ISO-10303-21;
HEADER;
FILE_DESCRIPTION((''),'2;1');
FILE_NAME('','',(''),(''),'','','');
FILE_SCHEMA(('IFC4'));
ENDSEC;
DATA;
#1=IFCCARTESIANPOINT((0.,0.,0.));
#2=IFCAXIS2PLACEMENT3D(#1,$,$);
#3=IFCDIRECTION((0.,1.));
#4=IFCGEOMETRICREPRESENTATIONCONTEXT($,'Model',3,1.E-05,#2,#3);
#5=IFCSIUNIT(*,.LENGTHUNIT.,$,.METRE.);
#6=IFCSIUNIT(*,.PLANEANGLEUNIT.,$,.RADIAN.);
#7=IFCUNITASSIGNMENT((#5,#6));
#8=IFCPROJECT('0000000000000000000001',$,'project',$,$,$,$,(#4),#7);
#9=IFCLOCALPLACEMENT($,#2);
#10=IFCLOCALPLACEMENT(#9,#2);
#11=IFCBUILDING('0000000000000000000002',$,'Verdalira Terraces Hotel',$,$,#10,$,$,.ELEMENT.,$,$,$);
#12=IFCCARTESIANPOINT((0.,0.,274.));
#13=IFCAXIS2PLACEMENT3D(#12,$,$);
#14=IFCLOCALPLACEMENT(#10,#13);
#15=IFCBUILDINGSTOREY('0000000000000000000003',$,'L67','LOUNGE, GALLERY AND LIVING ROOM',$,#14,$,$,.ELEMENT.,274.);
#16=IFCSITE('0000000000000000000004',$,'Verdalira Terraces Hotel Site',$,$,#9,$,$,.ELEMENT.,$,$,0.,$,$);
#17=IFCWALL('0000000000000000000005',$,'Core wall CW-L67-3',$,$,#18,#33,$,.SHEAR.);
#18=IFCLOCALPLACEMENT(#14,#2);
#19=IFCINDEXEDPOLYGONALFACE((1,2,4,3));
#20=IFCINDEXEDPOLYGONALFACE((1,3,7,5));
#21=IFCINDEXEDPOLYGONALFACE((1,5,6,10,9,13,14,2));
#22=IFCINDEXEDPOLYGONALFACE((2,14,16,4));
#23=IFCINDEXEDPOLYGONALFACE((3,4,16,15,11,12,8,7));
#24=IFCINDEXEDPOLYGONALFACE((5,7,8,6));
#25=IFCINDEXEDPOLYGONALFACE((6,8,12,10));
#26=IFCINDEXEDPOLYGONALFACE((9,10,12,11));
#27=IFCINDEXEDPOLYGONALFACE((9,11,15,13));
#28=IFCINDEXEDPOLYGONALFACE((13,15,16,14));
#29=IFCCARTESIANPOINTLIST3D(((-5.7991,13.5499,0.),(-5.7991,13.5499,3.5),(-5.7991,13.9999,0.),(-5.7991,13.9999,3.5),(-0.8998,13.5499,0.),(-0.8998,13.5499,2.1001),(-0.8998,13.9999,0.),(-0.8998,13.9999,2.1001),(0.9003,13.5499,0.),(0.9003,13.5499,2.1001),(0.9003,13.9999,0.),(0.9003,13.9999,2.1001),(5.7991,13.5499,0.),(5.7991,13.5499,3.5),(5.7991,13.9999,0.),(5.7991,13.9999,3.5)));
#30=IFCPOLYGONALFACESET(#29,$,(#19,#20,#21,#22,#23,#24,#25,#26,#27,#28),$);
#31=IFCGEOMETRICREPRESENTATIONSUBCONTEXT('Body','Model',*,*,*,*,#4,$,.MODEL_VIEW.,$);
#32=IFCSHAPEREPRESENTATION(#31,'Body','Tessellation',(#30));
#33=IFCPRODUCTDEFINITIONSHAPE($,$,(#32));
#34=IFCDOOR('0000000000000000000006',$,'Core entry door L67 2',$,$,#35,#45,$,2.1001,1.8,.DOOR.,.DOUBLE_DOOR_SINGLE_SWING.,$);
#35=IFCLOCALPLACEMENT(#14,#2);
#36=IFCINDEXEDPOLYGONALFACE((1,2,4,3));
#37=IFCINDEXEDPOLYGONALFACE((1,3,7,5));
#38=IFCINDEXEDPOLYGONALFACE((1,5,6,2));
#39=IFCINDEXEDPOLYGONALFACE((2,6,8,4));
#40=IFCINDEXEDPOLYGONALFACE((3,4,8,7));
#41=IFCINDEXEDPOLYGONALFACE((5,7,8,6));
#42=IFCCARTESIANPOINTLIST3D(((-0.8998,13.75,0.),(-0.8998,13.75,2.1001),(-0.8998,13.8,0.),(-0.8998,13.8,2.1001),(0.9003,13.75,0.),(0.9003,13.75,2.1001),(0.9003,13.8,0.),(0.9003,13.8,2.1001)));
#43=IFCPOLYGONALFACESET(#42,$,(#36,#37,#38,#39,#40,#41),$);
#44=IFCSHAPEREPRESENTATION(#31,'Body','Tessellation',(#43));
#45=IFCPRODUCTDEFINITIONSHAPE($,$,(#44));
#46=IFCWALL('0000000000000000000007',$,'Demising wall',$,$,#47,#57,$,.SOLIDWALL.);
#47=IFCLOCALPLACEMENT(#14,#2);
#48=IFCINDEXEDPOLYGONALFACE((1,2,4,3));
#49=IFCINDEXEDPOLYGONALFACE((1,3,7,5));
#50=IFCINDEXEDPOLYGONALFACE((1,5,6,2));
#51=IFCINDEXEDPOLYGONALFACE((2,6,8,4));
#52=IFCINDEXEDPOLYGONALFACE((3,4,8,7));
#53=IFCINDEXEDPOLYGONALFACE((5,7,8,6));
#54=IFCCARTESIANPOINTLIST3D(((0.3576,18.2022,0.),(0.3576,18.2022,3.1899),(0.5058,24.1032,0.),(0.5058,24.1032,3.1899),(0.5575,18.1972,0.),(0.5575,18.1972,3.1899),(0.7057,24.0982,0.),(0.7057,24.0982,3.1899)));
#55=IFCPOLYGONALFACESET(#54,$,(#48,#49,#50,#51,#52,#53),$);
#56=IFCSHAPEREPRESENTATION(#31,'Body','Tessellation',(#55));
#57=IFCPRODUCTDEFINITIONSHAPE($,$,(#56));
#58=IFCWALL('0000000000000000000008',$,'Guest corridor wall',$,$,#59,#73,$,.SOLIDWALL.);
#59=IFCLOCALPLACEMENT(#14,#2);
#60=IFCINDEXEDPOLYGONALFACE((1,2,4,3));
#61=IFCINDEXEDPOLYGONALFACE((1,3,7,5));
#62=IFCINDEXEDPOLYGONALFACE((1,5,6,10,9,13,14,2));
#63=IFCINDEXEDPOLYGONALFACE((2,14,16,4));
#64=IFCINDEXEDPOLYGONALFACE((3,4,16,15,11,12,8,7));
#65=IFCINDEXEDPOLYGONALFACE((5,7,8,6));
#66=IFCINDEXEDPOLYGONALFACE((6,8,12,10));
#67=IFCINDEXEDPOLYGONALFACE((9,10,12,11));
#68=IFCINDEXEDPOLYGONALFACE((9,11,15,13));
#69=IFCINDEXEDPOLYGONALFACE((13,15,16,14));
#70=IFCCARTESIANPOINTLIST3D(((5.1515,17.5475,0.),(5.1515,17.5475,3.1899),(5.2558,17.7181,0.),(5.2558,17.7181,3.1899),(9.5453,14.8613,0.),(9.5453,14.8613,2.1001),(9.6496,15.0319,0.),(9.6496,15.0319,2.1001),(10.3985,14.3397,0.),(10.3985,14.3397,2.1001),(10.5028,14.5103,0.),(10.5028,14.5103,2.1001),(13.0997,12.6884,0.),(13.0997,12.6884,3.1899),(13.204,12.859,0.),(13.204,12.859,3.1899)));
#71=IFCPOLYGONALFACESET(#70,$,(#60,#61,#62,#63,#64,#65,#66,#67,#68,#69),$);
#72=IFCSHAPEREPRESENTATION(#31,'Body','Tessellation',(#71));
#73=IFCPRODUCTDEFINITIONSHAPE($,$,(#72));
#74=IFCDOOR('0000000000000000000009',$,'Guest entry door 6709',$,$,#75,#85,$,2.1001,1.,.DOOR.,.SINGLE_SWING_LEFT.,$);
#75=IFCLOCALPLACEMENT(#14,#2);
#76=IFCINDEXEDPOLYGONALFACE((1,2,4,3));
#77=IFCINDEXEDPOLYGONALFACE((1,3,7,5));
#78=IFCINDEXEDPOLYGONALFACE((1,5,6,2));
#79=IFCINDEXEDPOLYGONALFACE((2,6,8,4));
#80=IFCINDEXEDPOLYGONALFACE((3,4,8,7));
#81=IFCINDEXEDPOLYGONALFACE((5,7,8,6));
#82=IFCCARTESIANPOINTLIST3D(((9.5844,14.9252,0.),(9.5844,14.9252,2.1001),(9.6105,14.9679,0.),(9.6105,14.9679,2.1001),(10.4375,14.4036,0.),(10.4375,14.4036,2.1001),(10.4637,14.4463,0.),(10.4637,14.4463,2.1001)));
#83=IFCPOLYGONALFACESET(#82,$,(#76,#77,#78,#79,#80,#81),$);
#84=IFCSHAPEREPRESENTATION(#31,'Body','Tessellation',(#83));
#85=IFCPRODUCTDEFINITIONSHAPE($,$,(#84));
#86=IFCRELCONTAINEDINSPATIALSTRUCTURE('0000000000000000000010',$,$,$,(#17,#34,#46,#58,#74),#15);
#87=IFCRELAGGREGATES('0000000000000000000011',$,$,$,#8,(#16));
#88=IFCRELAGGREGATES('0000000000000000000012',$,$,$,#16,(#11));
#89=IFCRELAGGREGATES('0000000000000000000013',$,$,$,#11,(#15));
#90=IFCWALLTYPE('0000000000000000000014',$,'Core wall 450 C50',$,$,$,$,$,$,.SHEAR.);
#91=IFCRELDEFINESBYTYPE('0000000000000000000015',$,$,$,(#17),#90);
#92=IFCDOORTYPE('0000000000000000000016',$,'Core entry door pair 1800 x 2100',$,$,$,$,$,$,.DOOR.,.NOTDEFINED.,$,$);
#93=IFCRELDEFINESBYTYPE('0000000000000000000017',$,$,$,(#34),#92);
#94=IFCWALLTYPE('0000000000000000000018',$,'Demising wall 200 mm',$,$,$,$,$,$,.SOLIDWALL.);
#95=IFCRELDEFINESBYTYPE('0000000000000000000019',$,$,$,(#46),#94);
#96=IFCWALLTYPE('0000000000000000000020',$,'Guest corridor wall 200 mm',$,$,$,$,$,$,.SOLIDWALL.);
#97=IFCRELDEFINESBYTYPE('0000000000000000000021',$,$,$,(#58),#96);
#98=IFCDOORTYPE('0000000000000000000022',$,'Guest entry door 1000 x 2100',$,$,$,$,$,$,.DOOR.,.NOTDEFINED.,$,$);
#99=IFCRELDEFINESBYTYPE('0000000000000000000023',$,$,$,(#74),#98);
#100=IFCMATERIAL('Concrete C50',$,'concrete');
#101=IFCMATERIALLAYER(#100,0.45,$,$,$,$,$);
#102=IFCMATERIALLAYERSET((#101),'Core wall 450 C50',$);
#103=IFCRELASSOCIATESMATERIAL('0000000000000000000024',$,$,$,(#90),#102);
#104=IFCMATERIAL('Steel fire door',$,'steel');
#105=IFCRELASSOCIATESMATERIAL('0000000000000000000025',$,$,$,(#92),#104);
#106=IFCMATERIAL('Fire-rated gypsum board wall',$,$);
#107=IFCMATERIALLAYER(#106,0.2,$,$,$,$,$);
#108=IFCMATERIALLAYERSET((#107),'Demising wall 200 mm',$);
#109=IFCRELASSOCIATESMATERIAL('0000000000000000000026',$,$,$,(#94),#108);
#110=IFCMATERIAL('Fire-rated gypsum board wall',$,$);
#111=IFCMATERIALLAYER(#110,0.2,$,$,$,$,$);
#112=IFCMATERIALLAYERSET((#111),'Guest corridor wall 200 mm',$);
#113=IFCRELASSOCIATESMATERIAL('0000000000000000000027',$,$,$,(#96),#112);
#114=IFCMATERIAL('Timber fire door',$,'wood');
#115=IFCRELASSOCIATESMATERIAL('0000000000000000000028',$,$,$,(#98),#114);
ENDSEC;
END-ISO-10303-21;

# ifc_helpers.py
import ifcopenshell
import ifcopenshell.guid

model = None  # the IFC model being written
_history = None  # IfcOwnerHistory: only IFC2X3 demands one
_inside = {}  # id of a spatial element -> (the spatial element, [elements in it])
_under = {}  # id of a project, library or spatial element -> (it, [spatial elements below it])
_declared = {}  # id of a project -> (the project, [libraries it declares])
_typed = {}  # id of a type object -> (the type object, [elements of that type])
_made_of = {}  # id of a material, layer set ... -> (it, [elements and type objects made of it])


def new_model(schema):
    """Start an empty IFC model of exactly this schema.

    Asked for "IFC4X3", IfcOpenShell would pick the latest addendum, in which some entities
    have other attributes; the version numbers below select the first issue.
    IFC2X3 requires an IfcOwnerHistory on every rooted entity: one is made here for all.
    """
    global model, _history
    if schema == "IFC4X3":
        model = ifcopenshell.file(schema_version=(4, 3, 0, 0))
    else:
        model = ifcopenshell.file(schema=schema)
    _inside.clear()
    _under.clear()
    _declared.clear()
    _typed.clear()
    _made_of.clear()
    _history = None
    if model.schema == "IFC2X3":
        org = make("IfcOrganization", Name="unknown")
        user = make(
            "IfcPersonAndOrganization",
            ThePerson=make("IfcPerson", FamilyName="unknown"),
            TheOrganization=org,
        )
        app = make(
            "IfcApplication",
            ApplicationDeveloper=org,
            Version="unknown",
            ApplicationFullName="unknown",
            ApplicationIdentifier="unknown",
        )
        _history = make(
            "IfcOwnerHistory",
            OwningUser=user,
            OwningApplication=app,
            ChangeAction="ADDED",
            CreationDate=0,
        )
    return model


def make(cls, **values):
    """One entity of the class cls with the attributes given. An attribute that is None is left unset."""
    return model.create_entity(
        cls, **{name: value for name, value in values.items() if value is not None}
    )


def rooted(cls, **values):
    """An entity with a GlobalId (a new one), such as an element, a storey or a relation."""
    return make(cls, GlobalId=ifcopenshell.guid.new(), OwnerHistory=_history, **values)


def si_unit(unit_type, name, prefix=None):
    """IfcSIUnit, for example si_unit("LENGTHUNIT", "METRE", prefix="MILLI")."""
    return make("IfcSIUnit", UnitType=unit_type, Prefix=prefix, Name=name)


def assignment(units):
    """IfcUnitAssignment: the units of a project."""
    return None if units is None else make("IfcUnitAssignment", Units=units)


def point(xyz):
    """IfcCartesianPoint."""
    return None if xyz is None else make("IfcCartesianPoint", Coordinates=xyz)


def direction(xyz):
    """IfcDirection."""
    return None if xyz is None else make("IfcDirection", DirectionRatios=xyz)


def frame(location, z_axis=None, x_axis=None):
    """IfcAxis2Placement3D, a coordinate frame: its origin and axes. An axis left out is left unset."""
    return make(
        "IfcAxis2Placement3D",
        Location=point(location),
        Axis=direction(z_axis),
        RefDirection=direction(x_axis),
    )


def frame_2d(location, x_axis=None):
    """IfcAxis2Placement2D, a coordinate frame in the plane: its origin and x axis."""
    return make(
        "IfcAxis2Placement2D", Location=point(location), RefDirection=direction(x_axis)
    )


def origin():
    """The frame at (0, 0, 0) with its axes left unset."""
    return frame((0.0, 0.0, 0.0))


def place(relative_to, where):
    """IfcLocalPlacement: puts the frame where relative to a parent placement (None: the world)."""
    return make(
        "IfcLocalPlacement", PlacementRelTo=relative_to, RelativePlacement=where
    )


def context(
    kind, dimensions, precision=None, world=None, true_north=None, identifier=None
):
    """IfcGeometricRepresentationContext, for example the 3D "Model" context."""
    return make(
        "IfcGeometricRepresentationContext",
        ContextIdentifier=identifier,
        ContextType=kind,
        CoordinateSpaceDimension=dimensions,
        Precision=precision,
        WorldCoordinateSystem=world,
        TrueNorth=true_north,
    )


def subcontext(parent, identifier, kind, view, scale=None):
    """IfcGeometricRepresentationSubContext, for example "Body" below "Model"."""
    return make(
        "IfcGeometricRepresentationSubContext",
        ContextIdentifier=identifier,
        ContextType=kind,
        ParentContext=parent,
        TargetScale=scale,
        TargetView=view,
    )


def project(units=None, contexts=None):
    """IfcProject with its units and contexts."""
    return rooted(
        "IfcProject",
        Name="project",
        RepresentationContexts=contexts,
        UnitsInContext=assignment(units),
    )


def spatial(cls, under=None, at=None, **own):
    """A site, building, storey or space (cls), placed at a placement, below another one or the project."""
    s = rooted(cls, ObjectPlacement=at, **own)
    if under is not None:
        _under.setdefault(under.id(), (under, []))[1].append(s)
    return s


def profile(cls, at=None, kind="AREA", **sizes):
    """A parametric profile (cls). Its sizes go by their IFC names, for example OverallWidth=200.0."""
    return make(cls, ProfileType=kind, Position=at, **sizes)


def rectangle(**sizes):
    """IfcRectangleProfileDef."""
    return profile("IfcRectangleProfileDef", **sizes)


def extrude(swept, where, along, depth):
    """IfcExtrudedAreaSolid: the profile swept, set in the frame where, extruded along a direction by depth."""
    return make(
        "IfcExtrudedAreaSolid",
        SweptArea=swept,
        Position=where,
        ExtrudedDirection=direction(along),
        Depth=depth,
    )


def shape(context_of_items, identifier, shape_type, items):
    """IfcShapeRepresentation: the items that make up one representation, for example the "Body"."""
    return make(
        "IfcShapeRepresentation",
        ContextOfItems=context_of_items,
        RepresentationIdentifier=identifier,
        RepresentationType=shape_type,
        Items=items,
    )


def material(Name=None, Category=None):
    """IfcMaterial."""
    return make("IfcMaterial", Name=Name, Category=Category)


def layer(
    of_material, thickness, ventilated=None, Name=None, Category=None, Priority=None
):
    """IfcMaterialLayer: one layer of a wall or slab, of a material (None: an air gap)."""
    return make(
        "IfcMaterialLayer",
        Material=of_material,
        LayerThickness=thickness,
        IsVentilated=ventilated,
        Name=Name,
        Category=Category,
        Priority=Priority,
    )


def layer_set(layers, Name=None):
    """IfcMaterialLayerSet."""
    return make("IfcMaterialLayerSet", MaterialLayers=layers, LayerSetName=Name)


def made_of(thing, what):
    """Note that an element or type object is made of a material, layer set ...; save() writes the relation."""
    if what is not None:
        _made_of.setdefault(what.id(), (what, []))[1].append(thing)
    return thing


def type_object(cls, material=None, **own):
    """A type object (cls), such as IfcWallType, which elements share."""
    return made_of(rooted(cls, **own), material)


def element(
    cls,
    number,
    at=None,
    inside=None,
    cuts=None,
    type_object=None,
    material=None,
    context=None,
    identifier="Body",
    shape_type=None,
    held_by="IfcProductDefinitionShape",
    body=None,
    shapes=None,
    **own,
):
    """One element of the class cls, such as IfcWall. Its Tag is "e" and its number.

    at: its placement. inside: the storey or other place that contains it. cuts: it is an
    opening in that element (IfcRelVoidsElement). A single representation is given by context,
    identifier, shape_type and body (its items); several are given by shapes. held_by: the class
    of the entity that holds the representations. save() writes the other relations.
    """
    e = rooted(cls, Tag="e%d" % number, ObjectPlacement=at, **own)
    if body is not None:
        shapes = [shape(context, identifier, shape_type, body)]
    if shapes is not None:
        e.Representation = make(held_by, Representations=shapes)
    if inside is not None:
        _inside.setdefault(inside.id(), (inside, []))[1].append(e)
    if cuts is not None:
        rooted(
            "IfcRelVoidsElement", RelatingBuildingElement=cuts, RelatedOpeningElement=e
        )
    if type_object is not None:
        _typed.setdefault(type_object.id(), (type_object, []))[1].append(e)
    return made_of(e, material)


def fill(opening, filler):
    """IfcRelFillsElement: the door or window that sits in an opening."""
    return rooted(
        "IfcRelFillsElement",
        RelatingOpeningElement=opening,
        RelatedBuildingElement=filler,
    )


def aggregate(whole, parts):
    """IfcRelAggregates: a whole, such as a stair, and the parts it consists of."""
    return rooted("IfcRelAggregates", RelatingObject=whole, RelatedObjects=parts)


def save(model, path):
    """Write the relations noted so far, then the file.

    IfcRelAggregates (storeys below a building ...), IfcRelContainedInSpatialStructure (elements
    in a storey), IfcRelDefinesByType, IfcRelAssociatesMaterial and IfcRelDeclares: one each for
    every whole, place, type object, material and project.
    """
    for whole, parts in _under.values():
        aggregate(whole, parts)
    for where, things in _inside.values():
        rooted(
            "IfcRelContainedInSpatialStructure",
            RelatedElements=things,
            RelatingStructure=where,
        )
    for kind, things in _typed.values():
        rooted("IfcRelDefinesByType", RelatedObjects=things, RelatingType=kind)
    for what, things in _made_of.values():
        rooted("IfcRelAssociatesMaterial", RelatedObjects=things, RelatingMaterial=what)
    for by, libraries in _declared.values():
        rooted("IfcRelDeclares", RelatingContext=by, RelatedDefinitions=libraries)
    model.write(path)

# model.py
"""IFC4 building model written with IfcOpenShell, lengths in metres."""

from ifc_helpers import new_model, si_unit, direction, frame, frame_2d, origin, place, context, subcontext, project, spatial, rectangle, extrude, material, layer, layer_set, type_object, element, fill, save


model = new_model("IFC4")

# Units and contexts
model_context = context("Model", 3, precision=1e-05, world=origin(), true_north=direction((0.0, 1.0)))
body_context = subcontext(model_context, "Body", "Model", "MODEL_VIEW")
ifc_project = project(units=[si_unit("LENGTHUNIT", "METRE"), si_unit("PLANEANGLEUNIT", "RADIAN")], contexts=[model_context])

# Site, building, storey
site_placement = place(None, origin())
site = spatial("IfcSite", under=ifc_project, at=site_placement, Name="Verdalira Terraces Hotel Site", CompositionType="ELEMENT", RefElevation=0.0)
building_placement = place(site_placement, origin())
building = spatial("IfcBuilding", under=site, at=building_placement, Name="Verdalira Terraces Hotel", CompositionType="ELEMENT")
storey_placement = place(building_placement, frame((0.0, 0.0, 274.0)))
storey = spatial("IfcBuildingStorey", under=building, at=storey_placement, Name="L67", Description="LOUNGE, GALLERY AND LIVING ROOM", CompositionType="ELEMENT", Elevation=274.0)

# Wall, opening, door
ifc_material_1 = material(Name="Concrete C50", Category="concrete")
ifc_layer_1 = layer(ifc_material_1, 0.45)
ifc_layer_set_1 = layer_set([ifc_layer_1], Name="Core wall 450 C50")
wall_type_1 = type_object("IfcWallType", Name="Core wall 450 C50", PredefinedType="SHEAR", material=ifc_layer_set_1)
wall_1_placement = place(storey_placement, frame((5.7991, 13.7749, 0.0), z_axis=(0.0, 0.0, 1.0), x_axis=(-1.0, 0.0, 0.0)))
wall_1 = element("IfcWall", 1, at=wall_1_placement, inside=storey, type_object=wall_type_1, Name="Core wall CW-L67-3", PredefinedType="SHEAR", context=body_context, shape_type="SweptSolid", body=[
    extrude(rectangle(XDim=11.5981, YDim=0.45, at=frame_2d((5.7991, 0.0))), origin(), (0.0, 0.0, 1.0), 3.5),
])
opening_1_placement = place(wall_1_placement, frame((4.8989, 0.0, 0.0)))
opening_1 = element("IfcOpeningElement", 2, at=opening_1_placement, cuts=wall_1, PredefinedType="OPENING", context=body_context, shape_type="SweptSolid", body=[
    extrude(rectangle(XDim=1.8, YDim=2.1001, at=frame_2d((0.8999, 1.05))), frame((0.0, 0.2349, 0.0), z_axis=(0.0, -1.0, 0.0), x_axis=(1.0, 0.0, 0.0)), (0.0, 0.0, 1.0), 0.47),
])
ifc_material_2 = material(Name="Steel fire door", Category="steel")
door_type_1 = type_object("IfcDoorType", Name="Core entry door pair 1800 x 2100", OperationType="NOTDEFINED", PredefinedType="DOOR", material=ifc_material_2)
door_1_placement = place(opening_1_placement, origin())
door_1 = element("IfcDoor", 3, at=door_1_placement, inside=storey, type_object=door_type_1, Name="Core entry door L67 2", OperationType="DOUBLE_DOOR_SINGLE_SWING", OverallHeight=2.1001, OverallWidth=1.8, PredefinedType="DOOR", context=body_context, shape_type="SweptSolid", body=[
    extrude(rectangle(XDim=1.8, YDim=2.1001, at=frame_2d((0.8999, 1.05))), frame((0.0, 0.0249, 0.0), z_axis=(0.0, -1.0, 0.0), x_axis=(1.0, 0.0, 0.0)), (0.0, 0.0, 1.0), 0.05),
])
fill(opening_1, door_1)

# Wall
ifc_material_3 = material(Name="Fire-rated gypsum board wall")
ifc_layer_2 = layer(ifc_material_3, 0.2)
ifc_layer_set_2 = layer_set([ifc_layer_2], Name="Demising wall 200 mm")
wall_type_2 = type_object("IfcWallType", Name="Demising wall 200 mm", PredefinedType="SOLIDWALL", material=ifc_layer_set_2)
wall_2_placement = place(storey_placement, frame((0.4575, 18.1997, 0.0), z_axis=(0.0, 0.0, 1.0), x_axis=(0.025106, 0.999685, 0.0)))
element("IfcWall", 4, at=wall_2_placement, inside=storey, type_object=wall_type_2, Name="Demising wall", PredefinedType="SOLIDWALL", context=body_context, shape_type="SweptSolid", body=[
    extrude(rectangle(XDim=5.9028, YDim=0.2, at=frame_2d((2.9514, 0.0))), origin(), (0.0, 0.0, 1.0), 3.1899),
])

# Wall, opening, door
ifc_material_4 = material(Name="Fire-rated gypsum board wall")
ifc_layer_3 = layer(ifc_material_4, 0.2)
ifc_layer_set_3 = layer_set([ifc_layer_3], Name="Guest corridor wall 200 mm")
wall_type_3 = type_object("IfcWallType", Name="Guest corridor wall 200 mm", PredefinedType="SOLIDWALL", material=ifc_layer_set_3)
wall_3_placement = place(storey_placement, frame((5.2036, 17.6328, 0.0), z_axis=(0.0, 0.0, 1.0), x_axis=(0.853192, -0.521596, 0.0)))
wall_3 = element("IfcWall", 5, at=wall_3_placement, inside=storey, type_object=wall_type_3, Name="Guest corridor wall", PredefinedType="SOLIDWALL", context=body_context, shape_type="SweptSolid", body=[
    extrude(rectangle(XDim=9.3159, YDim=0.2, at=frame_2d((4.658, 0.0))), origin(), (0.0, 0.0, 1.0), 3.1899),
])
opening_2_placement = place(wall_3_placement, frame((5.1499, 0.0, 0.0)))
opening_2 = element("IfcOpeningElement", 6, at=opening_2_placement, cuts=wall_3, PredefinedType="OPENING", context=body_context, shape_type="SweptSolid", body=[
    extrude(rectangle(XDim=1.0, YDim=2.1001, at=frame_2d((0.5, 1.05))), frame((0.0, 0.1099, 0.0), z_axis=(0.0, -1.0, 0.0), x_axis=(1.0, 0.0, 0.0)), (0.0, 0.0, 1.0), 0.22),
])
ifc_material_5 = material(Name="Timber fire door", Category="wood")
door_type_2 = type_object("IfcDoorType", Name="Guest entry door 1000 x 2100", OperationType="NOTDEFINED", PredefinedType="DOOR", material=ifc_material_5)
door_2_placement = place(opening_2_placement, origin())
door_2 = element("IfcDoor", 7, at=door_2_placement, inside=storey, type_object=door_type_2, Name="Guest entry door 6709", OperationType="SINGLE_SWING_LEFT", OverallHeight=2.1001, OverallWidth=1.0, PredefinedType="DOOR", context=body_context, shape_type="SweptSolid", body=[
    extrude(rectangle(XDim=1.0, YDim=2.1001, at=frame_2d((0.5, 1.05))), frame((0.0, 0.0249, 0.0), z_axis=(0.0, -1.0, 0.0), x_axis=(1.0, 0.0, 0.0)), (0.0, 0.0, 1.0), 0.05),
])
fill(opening_2, door_2)

save(model, "model.ifc")
